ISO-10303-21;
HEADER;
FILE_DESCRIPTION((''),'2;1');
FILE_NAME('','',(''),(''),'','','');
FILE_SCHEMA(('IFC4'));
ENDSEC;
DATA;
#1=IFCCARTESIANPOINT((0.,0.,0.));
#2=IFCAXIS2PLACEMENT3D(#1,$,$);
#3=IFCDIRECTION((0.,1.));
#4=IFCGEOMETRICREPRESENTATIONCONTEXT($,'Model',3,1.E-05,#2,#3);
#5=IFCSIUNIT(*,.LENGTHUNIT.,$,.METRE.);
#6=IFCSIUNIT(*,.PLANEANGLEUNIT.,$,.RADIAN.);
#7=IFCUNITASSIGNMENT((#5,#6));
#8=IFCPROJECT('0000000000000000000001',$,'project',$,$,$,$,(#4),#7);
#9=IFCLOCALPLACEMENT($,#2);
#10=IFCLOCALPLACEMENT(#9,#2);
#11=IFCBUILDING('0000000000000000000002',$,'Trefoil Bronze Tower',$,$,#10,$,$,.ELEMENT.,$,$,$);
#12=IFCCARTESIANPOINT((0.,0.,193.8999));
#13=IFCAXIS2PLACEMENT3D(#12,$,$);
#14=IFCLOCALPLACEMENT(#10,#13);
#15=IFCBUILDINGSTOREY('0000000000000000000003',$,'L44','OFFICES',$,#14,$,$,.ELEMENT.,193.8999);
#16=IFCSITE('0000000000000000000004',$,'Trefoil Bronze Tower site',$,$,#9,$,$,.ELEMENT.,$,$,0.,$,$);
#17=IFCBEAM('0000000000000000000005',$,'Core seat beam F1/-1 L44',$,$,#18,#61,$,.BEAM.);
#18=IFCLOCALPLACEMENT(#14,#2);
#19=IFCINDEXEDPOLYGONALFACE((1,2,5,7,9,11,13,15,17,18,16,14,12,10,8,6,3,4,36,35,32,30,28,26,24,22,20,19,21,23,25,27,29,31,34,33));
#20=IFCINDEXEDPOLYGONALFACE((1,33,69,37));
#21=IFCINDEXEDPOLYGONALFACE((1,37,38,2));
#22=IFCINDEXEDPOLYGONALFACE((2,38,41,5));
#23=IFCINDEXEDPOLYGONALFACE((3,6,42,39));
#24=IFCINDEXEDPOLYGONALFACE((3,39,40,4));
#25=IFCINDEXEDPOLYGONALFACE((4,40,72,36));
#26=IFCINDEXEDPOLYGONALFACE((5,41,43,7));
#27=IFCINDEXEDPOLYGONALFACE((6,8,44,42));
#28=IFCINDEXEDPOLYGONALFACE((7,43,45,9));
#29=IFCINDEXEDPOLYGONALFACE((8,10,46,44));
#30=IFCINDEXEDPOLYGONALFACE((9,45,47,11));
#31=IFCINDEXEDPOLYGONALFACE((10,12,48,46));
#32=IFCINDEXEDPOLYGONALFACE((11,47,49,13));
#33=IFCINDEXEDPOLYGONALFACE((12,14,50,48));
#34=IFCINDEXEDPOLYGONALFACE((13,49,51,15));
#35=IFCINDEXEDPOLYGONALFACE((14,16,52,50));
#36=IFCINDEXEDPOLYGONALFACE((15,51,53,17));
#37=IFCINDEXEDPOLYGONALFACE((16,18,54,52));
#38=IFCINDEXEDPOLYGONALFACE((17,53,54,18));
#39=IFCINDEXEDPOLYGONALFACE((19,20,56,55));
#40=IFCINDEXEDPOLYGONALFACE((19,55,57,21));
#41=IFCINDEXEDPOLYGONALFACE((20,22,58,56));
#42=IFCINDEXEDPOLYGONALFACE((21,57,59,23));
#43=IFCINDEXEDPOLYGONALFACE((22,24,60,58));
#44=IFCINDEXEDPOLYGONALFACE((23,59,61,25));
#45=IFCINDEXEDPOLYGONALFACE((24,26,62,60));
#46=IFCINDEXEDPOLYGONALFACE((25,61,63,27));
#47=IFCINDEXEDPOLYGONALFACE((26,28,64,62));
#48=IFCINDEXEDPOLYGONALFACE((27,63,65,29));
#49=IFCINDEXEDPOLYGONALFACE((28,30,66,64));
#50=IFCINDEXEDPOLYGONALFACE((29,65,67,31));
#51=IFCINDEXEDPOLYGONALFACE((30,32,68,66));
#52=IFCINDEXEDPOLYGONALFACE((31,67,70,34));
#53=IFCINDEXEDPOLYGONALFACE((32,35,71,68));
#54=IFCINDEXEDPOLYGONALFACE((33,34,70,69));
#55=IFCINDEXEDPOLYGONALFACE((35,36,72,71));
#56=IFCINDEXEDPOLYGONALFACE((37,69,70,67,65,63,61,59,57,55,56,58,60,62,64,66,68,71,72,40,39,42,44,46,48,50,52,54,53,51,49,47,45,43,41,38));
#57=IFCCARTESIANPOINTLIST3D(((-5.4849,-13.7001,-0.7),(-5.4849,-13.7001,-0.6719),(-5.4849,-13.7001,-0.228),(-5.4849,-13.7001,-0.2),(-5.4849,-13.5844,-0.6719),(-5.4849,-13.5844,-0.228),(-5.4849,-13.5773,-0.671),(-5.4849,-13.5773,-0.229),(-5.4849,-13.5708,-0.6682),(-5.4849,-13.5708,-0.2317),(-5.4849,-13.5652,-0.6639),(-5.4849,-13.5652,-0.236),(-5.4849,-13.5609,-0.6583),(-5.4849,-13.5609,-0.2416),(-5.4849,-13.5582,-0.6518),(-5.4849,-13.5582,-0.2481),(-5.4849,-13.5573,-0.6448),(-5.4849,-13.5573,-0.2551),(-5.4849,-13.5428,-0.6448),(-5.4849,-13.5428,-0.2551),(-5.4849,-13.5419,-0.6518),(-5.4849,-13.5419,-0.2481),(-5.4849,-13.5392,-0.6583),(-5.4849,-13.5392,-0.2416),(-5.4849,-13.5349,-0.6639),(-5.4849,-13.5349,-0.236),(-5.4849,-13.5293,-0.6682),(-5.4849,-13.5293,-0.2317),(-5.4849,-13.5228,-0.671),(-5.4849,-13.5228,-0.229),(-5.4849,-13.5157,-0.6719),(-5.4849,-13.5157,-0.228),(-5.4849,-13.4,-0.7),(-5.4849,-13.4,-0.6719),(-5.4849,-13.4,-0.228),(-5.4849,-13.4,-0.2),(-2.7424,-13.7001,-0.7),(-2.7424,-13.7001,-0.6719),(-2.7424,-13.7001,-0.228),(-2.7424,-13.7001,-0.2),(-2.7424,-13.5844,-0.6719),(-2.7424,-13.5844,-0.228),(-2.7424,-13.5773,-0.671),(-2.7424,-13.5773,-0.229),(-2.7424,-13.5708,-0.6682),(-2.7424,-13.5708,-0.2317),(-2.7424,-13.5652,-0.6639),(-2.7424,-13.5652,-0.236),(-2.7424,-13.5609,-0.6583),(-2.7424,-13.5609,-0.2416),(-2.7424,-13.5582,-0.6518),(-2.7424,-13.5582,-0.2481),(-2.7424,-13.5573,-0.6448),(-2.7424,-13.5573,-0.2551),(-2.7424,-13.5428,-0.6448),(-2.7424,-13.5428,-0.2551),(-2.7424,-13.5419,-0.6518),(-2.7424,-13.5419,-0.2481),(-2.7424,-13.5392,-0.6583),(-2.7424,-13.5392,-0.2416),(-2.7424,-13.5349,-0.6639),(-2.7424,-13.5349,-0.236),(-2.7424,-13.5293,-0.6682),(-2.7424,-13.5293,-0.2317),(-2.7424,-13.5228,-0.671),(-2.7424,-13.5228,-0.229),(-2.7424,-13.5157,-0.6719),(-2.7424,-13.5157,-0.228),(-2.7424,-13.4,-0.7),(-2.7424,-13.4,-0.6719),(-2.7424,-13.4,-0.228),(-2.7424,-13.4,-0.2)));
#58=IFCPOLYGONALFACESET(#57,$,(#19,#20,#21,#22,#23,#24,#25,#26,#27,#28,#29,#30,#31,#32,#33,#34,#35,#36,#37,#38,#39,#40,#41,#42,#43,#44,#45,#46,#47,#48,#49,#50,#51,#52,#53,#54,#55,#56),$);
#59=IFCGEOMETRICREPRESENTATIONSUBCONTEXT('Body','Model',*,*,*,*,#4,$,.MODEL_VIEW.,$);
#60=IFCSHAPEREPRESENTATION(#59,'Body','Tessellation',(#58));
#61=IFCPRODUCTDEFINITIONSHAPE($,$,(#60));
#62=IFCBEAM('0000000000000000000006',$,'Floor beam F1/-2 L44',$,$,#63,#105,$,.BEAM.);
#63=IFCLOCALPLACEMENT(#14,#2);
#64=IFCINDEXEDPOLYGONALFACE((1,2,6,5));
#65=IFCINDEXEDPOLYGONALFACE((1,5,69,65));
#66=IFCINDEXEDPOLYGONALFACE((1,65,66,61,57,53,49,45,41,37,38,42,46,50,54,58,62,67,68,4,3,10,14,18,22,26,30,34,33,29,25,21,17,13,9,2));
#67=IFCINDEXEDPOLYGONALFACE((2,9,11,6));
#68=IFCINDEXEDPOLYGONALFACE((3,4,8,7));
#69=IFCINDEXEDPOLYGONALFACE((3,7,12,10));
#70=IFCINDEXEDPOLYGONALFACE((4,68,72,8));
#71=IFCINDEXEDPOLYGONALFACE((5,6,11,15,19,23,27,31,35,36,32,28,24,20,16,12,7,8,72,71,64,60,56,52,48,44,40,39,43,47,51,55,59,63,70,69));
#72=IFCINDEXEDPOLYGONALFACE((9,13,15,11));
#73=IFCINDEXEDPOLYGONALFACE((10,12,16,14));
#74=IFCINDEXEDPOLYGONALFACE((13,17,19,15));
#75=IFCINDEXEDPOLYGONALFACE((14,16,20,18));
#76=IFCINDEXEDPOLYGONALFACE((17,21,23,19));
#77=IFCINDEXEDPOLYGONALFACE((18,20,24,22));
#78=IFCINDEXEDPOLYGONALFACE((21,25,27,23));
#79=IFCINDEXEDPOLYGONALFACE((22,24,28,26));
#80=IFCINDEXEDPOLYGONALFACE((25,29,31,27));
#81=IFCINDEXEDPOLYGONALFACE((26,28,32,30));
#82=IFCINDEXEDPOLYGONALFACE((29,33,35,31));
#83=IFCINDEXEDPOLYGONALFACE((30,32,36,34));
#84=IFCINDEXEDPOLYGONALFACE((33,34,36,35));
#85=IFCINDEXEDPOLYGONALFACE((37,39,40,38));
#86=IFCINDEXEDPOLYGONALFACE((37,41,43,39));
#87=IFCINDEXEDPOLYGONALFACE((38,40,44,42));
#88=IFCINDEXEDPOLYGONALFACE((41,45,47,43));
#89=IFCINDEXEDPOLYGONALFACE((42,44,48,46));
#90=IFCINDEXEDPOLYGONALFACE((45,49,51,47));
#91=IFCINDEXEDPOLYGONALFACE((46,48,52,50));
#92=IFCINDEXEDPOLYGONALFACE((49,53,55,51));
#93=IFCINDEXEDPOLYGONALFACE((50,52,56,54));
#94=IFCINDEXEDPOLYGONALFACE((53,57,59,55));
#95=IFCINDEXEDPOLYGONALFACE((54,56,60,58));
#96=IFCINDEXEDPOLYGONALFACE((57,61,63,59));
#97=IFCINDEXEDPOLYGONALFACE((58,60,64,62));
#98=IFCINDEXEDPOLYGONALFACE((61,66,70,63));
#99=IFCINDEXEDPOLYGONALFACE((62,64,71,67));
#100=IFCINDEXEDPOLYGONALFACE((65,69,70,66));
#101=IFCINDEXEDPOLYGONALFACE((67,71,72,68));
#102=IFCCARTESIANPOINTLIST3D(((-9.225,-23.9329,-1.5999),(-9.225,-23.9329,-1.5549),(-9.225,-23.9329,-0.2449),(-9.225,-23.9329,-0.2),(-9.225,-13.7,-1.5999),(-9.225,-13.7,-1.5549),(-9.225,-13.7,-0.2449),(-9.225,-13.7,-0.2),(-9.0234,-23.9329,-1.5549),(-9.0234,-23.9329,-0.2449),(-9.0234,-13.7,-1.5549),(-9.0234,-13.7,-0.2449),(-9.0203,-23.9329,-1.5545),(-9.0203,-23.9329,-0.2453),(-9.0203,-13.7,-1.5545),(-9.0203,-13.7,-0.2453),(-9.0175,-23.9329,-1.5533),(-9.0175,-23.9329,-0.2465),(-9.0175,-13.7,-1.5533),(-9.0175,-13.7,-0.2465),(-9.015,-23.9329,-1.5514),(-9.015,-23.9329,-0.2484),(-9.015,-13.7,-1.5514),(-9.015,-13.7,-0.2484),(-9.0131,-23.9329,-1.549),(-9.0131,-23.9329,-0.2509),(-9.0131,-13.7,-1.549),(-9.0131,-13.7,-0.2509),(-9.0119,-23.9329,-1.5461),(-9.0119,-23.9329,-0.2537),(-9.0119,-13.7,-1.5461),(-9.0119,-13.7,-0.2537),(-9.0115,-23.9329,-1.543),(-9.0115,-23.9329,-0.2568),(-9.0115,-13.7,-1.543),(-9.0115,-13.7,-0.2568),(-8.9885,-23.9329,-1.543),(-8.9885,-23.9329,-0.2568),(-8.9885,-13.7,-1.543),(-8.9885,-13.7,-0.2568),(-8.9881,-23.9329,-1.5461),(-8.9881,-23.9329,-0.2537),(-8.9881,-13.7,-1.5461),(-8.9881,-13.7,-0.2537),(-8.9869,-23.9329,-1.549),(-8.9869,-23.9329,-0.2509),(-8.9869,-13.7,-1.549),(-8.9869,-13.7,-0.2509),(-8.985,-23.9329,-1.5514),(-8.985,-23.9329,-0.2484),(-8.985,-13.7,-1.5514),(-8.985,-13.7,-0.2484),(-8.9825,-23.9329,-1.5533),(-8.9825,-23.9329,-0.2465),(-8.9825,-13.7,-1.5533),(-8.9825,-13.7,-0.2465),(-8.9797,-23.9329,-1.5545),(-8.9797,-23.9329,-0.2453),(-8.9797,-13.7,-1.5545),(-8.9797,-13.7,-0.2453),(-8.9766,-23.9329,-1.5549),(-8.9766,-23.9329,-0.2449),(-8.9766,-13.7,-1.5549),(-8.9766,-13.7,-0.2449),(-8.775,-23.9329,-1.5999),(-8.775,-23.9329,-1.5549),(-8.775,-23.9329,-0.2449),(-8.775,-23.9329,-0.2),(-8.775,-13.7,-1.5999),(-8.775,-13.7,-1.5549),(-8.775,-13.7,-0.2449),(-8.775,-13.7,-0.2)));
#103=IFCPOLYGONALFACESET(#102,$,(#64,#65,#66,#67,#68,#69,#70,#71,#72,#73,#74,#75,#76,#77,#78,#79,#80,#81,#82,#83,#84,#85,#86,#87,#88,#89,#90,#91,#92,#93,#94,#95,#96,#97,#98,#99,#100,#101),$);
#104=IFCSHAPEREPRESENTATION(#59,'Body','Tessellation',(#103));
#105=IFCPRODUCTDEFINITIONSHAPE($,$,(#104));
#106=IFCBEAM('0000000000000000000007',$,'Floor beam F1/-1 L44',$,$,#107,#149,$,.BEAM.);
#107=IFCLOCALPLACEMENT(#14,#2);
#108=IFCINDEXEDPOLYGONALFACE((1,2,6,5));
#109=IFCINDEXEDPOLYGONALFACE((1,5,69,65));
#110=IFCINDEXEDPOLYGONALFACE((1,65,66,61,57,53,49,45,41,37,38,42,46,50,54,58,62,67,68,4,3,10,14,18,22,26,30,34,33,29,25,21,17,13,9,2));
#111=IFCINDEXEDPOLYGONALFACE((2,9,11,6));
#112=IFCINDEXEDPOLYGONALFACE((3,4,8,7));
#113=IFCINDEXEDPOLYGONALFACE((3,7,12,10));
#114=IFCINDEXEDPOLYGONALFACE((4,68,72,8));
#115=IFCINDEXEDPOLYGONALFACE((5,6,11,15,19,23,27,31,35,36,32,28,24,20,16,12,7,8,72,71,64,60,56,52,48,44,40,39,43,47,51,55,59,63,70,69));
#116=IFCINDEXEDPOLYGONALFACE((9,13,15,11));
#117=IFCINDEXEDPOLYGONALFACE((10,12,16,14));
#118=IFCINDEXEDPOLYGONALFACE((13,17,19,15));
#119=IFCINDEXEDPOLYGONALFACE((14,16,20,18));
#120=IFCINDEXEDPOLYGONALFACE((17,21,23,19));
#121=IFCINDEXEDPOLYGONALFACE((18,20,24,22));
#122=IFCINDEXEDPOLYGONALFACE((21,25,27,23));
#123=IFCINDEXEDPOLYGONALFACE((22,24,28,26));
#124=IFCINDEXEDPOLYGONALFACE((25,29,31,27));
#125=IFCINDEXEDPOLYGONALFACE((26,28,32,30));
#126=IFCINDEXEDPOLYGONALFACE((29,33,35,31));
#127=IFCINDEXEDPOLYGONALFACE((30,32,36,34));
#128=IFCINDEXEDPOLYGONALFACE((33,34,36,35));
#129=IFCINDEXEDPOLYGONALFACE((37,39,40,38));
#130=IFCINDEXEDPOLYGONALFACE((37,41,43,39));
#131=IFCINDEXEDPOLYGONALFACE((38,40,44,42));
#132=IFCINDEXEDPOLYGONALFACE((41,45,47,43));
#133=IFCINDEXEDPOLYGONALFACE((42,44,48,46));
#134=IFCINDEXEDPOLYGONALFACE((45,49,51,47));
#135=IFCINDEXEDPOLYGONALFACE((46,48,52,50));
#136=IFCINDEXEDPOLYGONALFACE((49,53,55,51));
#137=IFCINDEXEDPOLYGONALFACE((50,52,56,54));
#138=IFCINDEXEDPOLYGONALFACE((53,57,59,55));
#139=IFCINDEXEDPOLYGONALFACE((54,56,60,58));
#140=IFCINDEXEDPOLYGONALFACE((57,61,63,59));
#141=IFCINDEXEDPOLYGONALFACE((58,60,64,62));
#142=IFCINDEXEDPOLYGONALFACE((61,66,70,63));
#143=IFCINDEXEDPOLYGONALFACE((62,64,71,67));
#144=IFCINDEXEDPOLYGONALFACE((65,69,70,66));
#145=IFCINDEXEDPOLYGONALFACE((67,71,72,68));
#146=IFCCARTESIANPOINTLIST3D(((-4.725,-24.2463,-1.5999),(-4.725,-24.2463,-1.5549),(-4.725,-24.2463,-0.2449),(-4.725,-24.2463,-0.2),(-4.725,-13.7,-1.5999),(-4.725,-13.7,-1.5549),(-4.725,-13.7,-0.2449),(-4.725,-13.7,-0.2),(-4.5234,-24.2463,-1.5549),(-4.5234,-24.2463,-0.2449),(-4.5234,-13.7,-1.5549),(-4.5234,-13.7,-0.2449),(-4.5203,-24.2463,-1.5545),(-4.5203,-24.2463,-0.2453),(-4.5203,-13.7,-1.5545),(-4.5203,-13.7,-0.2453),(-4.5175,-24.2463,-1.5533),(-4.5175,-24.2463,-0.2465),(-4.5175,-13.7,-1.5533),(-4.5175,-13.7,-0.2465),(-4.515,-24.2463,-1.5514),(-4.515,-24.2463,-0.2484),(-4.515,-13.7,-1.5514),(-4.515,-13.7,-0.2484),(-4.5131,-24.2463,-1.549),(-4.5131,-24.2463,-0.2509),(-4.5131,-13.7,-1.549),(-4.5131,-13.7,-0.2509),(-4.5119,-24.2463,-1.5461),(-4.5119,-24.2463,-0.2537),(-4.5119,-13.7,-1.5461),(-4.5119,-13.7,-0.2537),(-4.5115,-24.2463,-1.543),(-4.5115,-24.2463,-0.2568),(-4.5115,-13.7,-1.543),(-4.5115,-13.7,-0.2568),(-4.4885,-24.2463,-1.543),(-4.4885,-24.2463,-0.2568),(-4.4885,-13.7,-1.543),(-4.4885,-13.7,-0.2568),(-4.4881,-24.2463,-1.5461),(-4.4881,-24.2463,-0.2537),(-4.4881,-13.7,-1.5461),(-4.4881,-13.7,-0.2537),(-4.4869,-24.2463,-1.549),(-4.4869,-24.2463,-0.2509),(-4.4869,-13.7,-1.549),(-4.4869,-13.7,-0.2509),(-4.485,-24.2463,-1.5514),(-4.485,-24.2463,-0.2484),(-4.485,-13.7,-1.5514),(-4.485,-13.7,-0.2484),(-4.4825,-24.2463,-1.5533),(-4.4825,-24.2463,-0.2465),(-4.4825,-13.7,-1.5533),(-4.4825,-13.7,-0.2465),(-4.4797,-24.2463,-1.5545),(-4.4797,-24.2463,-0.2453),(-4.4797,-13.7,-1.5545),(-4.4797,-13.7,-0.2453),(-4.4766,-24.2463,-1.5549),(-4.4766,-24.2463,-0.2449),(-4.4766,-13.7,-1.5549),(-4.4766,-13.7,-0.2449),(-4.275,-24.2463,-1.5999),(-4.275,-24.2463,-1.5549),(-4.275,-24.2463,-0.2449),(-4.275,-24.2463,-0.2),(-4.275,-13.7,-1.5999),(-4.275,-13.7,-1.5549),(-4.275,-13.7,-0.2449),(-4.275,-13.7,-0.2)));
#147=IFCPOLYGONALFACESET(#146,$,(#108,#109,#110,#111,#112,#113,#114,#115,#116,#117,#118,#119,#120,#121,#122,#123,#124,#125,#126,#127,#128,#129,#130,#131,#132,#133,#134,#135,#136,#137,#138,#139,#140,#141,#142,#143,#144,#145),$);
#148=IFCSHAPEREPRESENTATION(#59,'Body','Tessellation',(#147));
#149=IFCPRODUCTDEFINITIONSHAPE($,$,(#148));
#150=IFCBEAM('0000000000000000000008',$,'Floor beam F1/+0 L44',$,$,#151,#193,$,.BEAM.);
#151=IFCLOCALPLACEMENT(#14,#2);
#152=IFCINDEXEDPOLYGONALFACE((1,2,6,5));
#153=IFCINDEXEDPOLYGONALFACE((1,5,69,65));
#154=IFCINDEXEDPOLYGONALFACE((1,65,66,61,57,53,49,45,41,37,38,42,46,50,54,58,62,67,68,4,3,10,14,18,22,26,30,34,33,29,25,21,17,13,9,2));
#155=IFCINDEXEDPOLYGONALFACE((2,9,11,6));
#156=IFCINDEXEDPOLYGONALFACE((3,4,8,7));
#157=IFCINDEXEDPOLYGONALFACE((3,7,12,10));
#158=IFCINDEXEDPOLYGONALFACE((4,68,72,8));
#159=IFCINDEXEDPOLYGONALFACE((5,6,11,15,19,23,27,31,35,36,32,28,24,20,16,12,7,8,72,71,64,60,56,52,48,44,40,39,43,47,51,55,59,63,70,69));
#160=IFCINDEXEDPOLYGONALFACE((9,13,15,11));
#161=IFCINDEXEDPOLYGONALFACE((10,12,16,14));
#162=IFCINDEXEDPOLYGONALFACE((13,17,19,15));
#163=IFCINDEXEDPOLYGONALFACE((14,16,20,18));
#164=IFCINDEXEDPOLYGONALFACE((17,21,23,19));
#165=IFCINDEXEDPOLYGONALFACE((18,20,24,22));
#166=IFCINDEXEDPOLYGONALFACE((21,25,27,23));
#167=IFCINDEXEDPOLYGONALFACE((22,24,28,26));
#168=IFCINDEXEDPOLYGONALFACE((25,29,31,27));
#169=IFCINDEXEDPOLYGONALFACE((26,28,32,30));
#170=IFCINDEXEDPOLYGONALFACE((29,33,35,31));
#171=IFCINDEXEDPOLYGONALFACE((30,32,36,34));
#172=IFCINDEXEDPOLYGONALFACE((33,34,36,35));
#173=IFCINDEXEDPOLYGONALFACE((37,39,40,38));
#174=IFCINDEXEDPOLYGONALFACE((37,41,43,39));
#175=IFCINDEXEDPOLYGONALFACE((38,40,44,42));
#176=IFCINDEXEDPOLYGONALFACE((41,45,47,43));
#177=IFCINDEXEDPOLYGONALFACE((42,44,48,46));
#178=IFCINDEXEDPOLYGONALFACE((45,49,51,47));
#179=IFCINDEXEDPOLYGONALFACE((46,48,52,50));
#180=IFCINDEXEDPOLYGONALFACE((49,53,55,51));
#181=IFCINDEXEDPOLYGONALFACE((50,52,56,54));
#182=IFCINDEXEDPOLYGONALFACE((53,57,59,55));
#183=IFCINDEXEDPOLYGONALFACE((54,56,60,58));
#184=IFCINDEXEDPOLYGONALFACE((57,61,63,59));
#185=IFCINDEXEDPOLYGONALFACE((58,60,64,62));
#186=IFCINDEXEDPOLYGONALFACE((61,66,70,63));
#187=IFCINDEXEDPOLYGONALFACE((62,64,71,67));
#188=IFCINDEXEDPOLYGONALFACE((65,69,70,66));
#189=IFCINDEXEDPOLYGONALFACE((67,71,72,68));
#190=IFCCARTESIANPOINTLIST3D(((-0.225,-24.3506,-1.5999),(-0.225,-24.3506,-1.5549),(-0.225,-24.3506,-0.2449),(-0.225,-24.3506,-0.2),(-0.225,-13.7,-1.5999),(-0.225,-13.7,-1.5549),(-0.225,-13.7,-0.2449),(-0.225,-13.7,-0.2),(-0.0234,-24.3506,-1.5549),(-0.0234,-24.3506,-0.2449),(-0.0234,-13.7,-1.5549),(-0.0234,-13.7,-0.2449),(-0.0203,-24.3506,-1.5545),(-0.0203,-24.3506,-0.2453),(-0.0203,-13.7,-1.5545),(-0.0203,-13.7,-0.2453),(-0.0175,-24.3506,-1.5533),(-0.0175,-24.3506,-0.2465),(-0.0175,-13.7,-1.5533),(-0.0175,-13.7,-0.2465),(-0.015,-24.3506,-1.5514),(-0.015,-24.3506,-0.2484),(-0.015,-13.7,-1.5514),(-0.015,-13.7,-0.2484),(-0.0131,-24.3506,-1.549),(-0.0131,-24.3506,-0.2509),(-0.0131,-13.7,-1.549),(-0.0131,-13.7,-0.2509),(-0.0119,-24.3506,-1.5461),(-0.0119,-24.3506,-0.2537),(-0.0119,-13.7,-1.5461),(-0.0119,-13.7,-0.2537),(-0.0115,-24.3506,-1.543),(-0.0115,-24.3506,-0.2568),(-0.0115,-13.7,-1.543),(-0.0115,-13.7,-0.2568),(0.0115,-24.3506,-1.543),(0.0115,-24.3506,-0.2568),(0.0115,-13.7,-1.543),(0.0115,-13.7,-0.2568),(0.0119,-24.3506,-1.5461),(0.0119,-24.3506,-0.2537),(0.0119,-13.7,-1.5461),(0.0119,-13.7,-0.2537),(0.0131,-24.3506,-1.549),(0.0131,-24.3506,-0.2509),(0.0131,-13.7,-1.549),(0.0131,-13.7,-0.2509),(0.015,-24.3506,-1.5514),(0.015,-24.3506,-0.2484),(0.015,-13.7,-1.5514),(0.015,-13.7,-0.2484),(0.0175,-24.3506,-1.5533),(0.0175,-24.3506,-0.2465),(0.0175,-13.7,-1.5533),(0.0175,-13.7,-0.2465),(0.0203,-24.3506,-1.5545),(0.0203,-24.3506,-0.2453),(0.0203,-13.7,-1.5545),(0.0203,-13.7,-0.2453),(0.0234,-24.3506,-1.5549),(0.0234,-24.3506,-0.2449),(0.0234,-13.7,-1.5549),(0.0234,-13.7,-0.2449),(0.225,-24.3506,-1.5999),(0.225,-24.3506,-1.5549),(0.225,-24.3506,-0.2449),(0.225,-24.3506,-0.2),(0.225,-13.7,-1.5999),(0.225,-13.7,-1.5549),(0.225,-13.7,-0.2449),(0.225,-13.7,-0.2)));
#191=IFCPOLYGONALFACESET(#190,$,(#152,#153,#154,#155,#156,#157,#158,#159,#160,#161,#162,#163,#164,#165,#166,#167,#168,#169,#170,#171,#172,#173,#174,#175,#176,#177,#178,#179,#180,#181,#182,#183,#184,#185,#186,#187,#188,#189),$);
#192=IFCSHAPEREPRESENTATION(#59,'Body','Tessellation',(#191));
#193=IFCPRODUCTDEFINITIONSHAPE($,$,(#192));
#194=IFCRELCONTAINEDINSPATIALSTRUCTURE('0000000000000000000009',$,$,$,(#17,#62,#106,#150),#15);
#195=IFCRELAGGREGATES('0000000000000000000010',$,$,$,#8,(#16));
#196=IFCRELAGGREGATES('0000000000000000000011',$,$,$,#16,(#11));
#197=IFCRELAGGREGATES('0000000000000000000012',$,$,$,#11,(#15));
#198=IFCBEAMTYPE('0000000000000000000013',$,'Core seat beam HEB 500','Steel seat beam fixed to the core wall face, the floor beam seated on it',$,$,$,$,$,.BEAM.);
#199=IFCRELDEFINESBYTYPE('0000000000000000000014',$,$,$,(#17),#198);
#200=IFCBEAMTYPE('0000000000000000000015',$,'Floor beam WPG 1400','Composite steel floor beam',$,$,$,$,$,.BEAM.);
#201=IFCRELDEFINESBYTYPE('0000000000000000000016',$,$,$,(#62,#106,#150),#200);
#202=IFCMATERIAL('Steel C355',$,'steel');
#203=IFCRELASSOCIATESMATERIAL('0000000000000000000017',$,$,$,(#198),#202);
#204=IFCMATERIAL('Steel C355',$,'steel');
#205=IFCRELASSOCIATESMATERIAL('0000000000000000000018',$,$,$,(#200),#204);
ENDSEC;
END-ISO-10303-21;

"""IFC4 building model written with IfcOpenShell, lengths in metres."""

from ifc_helpers import new_model, si_unit, direction, frame, origin, origin_2d, place, context, subcontext, project, spatial, i_section, extrude, material, material_profile, profile_set, type_object, element, save


model = new_model("IFC4")

# Units and contexts
model_context = context("Model", 3, precision=1e-05, world=origin(), true_north=direction((0.0, 1.0)))
body_context = subcontext(model_context, "Body", "Model", "MODEL_VIEW")
ifc_project = project(units=[si_unit("LENGTHUNIT", "METRE"), si_unit("PLANEANGLEUNIT", "RADIAN")], contexts=[model_context])

# Site, building, storey
site_placement = place(None, origin())
site = spatial("IfcSite", under=ifc_project, at=site_placement, Name="Trefoil Bronze Tower site", CompositionType="ELEMENT", RefElevation=0.0)
building_placement = place(site_placement, origin())
building = spatial("IfcBuilding", under=site, at=building_placement, Name="Trefoil Bronze Tower", CompositionType="ELEMENT")
storey_placement = place(building_placement, frame((0.0, 0.0, 193.8999)))
storey = spatial("IfcBuildingStorey", under=building, at=storey_placement, Name="L44", Description="OFFICES", CompositionType="ELEMENT", Elevation=193.8999)

# Beams
ifc_material_1 = material(Name="Steel C355", Category="steel")
ifc_material_profile_1 = material_profile(ifc_material_1, i_section(OverallWidth=0.3, OverallDepth=0.5, WebThickness=0.0144, FlangeThickness=0.0281, FilletRadius=0.0271, at=origin_2d()), Name="HEB 500")
ifc_profile_set_1 = profile_set([ifc_material_profile_1], Name="Steel C355")
beam_type_1 = type_object("IfcBeamType", Name="Core seat beam HEB 500", Description="Steel seat beam fixed to the core wall face, the floor beam seated on it", PredefinedType="BEAM", material=ifc_profile_set_1)
for number, where, z_axis, x_axis, name in (
    (1, (-5.4849, -13.55, -0.45), (1.0, 0.0, 0.0), (0.0, 1.0, 0.0), "Core seat beam F1/-1 L44"),
):
    element("IfcBeam", number, at=place(storey_placement, frame(where, z_axis=z_axis, x_axis=x_axis)), inside=storey, type_object=beam_type_1, Name=name, PredefinedType="BEAM", context=body_context, shape_type="SweptSolid", body=[
        extrude(i_section(OverallWidth=0.3, OverallDepth=0.5, WebThickness=0.0144, FlangeThickness=0.0281, FilletRadius=0.0271, at=origin_2d()), origin(), (0.0, 0.0, 1.0), 2.7424),
    ])
ifc_material_2 = material(Name="Steel C355", Category="steel")
ifc_material_profile_2 = material_profile(ifc_material_2, i_section(OverallWidth=0.45, OverallDepth=1.3999, WebThickness=0.0229, FlangeThickness=0.0449, FilletRadius=0.012, at=origin_2d()), Name="WPG 1400")
ifc_profile_set_2 = profile_set([ifc_material_profile_2], Name="Steel C355")
beam_type_2 = type_object("IfcBeamType", Name="Floor beam WPG 1400", Description="Composite steel floor beam", PredefinedType="BEAM", material=ifc_profile_set_2)
beam_1_placement = place(storey_placement, frame((-9.0, -23.9329, -0.8999), z_axis=(0.0, 1.0, 0.0), x_axis=(-1.0, 0.0, 0.0)))
element("IfcBeam", 2, at=beam_1_placement, inside=storey, type_object=beam_type_2, Name="Floor beam F1/-2 L44", PredefinedType="BEAM", context=body_context, shape_type="SweptSolid", body=[
    extrude(i_section(OverallWidth=0.45, OverallDepth=1.3999, WebThickness=0.0229, FlangeThickness=0.0449, FilletRadius=0.012, at=origin_2d()), origin(), (0.0, 0.0, 1.0), 10.2329),
])
beam_2_placement = place(storey_placement, frame((-4.5, -24.2463, -0.8999), z_axis=(0.0, 1.0, 0.0), x_axis=(-1.0, 0.0, 0.0)))
element("IfcBeam", 3, at=beam_2_placement, inside=storey, type_object=beam_type_2, Name="Floor beam F1/-1 L44", PredefinedType="BEAM", context=body_context, shape_type="SweptSolid", body=[
    extrude(i_section(OverallWidth=0.45, OverallDepth=1.3999, WebThickness=0.0229, FlangeThickness=0.0449, FilletRadius=0.012, at=origin_2d()), origin(), (0.0, 0.0, 1.0), 10.5464),
])
beam_3_placement = place(storey_placement, frame((0.0, -24.3506, -0.8999), z_axis=(0.0, 1.0, 0.0), x_axis=(-1.0, 0.0, 0.0)))
element("IfcBeam", 4, at=beam_3_placement, inside=storey, type_object=beam_type_2, Name="Floor beam F1/+0 L44", PredefinedType="BEAM", context=body_context, shape_type="SweptSolid", body=[
    extrude(i_section(OverallWidth=0.45, OverallDepth=1.3999, WebThickness=0.0229, FlangeThickness=0.0449, FilletRadius=0.012, at=origin_2d()), origin(), (0.0, 0.0, 1.0), 10.6506),
])

save(model, "model.ifc")
